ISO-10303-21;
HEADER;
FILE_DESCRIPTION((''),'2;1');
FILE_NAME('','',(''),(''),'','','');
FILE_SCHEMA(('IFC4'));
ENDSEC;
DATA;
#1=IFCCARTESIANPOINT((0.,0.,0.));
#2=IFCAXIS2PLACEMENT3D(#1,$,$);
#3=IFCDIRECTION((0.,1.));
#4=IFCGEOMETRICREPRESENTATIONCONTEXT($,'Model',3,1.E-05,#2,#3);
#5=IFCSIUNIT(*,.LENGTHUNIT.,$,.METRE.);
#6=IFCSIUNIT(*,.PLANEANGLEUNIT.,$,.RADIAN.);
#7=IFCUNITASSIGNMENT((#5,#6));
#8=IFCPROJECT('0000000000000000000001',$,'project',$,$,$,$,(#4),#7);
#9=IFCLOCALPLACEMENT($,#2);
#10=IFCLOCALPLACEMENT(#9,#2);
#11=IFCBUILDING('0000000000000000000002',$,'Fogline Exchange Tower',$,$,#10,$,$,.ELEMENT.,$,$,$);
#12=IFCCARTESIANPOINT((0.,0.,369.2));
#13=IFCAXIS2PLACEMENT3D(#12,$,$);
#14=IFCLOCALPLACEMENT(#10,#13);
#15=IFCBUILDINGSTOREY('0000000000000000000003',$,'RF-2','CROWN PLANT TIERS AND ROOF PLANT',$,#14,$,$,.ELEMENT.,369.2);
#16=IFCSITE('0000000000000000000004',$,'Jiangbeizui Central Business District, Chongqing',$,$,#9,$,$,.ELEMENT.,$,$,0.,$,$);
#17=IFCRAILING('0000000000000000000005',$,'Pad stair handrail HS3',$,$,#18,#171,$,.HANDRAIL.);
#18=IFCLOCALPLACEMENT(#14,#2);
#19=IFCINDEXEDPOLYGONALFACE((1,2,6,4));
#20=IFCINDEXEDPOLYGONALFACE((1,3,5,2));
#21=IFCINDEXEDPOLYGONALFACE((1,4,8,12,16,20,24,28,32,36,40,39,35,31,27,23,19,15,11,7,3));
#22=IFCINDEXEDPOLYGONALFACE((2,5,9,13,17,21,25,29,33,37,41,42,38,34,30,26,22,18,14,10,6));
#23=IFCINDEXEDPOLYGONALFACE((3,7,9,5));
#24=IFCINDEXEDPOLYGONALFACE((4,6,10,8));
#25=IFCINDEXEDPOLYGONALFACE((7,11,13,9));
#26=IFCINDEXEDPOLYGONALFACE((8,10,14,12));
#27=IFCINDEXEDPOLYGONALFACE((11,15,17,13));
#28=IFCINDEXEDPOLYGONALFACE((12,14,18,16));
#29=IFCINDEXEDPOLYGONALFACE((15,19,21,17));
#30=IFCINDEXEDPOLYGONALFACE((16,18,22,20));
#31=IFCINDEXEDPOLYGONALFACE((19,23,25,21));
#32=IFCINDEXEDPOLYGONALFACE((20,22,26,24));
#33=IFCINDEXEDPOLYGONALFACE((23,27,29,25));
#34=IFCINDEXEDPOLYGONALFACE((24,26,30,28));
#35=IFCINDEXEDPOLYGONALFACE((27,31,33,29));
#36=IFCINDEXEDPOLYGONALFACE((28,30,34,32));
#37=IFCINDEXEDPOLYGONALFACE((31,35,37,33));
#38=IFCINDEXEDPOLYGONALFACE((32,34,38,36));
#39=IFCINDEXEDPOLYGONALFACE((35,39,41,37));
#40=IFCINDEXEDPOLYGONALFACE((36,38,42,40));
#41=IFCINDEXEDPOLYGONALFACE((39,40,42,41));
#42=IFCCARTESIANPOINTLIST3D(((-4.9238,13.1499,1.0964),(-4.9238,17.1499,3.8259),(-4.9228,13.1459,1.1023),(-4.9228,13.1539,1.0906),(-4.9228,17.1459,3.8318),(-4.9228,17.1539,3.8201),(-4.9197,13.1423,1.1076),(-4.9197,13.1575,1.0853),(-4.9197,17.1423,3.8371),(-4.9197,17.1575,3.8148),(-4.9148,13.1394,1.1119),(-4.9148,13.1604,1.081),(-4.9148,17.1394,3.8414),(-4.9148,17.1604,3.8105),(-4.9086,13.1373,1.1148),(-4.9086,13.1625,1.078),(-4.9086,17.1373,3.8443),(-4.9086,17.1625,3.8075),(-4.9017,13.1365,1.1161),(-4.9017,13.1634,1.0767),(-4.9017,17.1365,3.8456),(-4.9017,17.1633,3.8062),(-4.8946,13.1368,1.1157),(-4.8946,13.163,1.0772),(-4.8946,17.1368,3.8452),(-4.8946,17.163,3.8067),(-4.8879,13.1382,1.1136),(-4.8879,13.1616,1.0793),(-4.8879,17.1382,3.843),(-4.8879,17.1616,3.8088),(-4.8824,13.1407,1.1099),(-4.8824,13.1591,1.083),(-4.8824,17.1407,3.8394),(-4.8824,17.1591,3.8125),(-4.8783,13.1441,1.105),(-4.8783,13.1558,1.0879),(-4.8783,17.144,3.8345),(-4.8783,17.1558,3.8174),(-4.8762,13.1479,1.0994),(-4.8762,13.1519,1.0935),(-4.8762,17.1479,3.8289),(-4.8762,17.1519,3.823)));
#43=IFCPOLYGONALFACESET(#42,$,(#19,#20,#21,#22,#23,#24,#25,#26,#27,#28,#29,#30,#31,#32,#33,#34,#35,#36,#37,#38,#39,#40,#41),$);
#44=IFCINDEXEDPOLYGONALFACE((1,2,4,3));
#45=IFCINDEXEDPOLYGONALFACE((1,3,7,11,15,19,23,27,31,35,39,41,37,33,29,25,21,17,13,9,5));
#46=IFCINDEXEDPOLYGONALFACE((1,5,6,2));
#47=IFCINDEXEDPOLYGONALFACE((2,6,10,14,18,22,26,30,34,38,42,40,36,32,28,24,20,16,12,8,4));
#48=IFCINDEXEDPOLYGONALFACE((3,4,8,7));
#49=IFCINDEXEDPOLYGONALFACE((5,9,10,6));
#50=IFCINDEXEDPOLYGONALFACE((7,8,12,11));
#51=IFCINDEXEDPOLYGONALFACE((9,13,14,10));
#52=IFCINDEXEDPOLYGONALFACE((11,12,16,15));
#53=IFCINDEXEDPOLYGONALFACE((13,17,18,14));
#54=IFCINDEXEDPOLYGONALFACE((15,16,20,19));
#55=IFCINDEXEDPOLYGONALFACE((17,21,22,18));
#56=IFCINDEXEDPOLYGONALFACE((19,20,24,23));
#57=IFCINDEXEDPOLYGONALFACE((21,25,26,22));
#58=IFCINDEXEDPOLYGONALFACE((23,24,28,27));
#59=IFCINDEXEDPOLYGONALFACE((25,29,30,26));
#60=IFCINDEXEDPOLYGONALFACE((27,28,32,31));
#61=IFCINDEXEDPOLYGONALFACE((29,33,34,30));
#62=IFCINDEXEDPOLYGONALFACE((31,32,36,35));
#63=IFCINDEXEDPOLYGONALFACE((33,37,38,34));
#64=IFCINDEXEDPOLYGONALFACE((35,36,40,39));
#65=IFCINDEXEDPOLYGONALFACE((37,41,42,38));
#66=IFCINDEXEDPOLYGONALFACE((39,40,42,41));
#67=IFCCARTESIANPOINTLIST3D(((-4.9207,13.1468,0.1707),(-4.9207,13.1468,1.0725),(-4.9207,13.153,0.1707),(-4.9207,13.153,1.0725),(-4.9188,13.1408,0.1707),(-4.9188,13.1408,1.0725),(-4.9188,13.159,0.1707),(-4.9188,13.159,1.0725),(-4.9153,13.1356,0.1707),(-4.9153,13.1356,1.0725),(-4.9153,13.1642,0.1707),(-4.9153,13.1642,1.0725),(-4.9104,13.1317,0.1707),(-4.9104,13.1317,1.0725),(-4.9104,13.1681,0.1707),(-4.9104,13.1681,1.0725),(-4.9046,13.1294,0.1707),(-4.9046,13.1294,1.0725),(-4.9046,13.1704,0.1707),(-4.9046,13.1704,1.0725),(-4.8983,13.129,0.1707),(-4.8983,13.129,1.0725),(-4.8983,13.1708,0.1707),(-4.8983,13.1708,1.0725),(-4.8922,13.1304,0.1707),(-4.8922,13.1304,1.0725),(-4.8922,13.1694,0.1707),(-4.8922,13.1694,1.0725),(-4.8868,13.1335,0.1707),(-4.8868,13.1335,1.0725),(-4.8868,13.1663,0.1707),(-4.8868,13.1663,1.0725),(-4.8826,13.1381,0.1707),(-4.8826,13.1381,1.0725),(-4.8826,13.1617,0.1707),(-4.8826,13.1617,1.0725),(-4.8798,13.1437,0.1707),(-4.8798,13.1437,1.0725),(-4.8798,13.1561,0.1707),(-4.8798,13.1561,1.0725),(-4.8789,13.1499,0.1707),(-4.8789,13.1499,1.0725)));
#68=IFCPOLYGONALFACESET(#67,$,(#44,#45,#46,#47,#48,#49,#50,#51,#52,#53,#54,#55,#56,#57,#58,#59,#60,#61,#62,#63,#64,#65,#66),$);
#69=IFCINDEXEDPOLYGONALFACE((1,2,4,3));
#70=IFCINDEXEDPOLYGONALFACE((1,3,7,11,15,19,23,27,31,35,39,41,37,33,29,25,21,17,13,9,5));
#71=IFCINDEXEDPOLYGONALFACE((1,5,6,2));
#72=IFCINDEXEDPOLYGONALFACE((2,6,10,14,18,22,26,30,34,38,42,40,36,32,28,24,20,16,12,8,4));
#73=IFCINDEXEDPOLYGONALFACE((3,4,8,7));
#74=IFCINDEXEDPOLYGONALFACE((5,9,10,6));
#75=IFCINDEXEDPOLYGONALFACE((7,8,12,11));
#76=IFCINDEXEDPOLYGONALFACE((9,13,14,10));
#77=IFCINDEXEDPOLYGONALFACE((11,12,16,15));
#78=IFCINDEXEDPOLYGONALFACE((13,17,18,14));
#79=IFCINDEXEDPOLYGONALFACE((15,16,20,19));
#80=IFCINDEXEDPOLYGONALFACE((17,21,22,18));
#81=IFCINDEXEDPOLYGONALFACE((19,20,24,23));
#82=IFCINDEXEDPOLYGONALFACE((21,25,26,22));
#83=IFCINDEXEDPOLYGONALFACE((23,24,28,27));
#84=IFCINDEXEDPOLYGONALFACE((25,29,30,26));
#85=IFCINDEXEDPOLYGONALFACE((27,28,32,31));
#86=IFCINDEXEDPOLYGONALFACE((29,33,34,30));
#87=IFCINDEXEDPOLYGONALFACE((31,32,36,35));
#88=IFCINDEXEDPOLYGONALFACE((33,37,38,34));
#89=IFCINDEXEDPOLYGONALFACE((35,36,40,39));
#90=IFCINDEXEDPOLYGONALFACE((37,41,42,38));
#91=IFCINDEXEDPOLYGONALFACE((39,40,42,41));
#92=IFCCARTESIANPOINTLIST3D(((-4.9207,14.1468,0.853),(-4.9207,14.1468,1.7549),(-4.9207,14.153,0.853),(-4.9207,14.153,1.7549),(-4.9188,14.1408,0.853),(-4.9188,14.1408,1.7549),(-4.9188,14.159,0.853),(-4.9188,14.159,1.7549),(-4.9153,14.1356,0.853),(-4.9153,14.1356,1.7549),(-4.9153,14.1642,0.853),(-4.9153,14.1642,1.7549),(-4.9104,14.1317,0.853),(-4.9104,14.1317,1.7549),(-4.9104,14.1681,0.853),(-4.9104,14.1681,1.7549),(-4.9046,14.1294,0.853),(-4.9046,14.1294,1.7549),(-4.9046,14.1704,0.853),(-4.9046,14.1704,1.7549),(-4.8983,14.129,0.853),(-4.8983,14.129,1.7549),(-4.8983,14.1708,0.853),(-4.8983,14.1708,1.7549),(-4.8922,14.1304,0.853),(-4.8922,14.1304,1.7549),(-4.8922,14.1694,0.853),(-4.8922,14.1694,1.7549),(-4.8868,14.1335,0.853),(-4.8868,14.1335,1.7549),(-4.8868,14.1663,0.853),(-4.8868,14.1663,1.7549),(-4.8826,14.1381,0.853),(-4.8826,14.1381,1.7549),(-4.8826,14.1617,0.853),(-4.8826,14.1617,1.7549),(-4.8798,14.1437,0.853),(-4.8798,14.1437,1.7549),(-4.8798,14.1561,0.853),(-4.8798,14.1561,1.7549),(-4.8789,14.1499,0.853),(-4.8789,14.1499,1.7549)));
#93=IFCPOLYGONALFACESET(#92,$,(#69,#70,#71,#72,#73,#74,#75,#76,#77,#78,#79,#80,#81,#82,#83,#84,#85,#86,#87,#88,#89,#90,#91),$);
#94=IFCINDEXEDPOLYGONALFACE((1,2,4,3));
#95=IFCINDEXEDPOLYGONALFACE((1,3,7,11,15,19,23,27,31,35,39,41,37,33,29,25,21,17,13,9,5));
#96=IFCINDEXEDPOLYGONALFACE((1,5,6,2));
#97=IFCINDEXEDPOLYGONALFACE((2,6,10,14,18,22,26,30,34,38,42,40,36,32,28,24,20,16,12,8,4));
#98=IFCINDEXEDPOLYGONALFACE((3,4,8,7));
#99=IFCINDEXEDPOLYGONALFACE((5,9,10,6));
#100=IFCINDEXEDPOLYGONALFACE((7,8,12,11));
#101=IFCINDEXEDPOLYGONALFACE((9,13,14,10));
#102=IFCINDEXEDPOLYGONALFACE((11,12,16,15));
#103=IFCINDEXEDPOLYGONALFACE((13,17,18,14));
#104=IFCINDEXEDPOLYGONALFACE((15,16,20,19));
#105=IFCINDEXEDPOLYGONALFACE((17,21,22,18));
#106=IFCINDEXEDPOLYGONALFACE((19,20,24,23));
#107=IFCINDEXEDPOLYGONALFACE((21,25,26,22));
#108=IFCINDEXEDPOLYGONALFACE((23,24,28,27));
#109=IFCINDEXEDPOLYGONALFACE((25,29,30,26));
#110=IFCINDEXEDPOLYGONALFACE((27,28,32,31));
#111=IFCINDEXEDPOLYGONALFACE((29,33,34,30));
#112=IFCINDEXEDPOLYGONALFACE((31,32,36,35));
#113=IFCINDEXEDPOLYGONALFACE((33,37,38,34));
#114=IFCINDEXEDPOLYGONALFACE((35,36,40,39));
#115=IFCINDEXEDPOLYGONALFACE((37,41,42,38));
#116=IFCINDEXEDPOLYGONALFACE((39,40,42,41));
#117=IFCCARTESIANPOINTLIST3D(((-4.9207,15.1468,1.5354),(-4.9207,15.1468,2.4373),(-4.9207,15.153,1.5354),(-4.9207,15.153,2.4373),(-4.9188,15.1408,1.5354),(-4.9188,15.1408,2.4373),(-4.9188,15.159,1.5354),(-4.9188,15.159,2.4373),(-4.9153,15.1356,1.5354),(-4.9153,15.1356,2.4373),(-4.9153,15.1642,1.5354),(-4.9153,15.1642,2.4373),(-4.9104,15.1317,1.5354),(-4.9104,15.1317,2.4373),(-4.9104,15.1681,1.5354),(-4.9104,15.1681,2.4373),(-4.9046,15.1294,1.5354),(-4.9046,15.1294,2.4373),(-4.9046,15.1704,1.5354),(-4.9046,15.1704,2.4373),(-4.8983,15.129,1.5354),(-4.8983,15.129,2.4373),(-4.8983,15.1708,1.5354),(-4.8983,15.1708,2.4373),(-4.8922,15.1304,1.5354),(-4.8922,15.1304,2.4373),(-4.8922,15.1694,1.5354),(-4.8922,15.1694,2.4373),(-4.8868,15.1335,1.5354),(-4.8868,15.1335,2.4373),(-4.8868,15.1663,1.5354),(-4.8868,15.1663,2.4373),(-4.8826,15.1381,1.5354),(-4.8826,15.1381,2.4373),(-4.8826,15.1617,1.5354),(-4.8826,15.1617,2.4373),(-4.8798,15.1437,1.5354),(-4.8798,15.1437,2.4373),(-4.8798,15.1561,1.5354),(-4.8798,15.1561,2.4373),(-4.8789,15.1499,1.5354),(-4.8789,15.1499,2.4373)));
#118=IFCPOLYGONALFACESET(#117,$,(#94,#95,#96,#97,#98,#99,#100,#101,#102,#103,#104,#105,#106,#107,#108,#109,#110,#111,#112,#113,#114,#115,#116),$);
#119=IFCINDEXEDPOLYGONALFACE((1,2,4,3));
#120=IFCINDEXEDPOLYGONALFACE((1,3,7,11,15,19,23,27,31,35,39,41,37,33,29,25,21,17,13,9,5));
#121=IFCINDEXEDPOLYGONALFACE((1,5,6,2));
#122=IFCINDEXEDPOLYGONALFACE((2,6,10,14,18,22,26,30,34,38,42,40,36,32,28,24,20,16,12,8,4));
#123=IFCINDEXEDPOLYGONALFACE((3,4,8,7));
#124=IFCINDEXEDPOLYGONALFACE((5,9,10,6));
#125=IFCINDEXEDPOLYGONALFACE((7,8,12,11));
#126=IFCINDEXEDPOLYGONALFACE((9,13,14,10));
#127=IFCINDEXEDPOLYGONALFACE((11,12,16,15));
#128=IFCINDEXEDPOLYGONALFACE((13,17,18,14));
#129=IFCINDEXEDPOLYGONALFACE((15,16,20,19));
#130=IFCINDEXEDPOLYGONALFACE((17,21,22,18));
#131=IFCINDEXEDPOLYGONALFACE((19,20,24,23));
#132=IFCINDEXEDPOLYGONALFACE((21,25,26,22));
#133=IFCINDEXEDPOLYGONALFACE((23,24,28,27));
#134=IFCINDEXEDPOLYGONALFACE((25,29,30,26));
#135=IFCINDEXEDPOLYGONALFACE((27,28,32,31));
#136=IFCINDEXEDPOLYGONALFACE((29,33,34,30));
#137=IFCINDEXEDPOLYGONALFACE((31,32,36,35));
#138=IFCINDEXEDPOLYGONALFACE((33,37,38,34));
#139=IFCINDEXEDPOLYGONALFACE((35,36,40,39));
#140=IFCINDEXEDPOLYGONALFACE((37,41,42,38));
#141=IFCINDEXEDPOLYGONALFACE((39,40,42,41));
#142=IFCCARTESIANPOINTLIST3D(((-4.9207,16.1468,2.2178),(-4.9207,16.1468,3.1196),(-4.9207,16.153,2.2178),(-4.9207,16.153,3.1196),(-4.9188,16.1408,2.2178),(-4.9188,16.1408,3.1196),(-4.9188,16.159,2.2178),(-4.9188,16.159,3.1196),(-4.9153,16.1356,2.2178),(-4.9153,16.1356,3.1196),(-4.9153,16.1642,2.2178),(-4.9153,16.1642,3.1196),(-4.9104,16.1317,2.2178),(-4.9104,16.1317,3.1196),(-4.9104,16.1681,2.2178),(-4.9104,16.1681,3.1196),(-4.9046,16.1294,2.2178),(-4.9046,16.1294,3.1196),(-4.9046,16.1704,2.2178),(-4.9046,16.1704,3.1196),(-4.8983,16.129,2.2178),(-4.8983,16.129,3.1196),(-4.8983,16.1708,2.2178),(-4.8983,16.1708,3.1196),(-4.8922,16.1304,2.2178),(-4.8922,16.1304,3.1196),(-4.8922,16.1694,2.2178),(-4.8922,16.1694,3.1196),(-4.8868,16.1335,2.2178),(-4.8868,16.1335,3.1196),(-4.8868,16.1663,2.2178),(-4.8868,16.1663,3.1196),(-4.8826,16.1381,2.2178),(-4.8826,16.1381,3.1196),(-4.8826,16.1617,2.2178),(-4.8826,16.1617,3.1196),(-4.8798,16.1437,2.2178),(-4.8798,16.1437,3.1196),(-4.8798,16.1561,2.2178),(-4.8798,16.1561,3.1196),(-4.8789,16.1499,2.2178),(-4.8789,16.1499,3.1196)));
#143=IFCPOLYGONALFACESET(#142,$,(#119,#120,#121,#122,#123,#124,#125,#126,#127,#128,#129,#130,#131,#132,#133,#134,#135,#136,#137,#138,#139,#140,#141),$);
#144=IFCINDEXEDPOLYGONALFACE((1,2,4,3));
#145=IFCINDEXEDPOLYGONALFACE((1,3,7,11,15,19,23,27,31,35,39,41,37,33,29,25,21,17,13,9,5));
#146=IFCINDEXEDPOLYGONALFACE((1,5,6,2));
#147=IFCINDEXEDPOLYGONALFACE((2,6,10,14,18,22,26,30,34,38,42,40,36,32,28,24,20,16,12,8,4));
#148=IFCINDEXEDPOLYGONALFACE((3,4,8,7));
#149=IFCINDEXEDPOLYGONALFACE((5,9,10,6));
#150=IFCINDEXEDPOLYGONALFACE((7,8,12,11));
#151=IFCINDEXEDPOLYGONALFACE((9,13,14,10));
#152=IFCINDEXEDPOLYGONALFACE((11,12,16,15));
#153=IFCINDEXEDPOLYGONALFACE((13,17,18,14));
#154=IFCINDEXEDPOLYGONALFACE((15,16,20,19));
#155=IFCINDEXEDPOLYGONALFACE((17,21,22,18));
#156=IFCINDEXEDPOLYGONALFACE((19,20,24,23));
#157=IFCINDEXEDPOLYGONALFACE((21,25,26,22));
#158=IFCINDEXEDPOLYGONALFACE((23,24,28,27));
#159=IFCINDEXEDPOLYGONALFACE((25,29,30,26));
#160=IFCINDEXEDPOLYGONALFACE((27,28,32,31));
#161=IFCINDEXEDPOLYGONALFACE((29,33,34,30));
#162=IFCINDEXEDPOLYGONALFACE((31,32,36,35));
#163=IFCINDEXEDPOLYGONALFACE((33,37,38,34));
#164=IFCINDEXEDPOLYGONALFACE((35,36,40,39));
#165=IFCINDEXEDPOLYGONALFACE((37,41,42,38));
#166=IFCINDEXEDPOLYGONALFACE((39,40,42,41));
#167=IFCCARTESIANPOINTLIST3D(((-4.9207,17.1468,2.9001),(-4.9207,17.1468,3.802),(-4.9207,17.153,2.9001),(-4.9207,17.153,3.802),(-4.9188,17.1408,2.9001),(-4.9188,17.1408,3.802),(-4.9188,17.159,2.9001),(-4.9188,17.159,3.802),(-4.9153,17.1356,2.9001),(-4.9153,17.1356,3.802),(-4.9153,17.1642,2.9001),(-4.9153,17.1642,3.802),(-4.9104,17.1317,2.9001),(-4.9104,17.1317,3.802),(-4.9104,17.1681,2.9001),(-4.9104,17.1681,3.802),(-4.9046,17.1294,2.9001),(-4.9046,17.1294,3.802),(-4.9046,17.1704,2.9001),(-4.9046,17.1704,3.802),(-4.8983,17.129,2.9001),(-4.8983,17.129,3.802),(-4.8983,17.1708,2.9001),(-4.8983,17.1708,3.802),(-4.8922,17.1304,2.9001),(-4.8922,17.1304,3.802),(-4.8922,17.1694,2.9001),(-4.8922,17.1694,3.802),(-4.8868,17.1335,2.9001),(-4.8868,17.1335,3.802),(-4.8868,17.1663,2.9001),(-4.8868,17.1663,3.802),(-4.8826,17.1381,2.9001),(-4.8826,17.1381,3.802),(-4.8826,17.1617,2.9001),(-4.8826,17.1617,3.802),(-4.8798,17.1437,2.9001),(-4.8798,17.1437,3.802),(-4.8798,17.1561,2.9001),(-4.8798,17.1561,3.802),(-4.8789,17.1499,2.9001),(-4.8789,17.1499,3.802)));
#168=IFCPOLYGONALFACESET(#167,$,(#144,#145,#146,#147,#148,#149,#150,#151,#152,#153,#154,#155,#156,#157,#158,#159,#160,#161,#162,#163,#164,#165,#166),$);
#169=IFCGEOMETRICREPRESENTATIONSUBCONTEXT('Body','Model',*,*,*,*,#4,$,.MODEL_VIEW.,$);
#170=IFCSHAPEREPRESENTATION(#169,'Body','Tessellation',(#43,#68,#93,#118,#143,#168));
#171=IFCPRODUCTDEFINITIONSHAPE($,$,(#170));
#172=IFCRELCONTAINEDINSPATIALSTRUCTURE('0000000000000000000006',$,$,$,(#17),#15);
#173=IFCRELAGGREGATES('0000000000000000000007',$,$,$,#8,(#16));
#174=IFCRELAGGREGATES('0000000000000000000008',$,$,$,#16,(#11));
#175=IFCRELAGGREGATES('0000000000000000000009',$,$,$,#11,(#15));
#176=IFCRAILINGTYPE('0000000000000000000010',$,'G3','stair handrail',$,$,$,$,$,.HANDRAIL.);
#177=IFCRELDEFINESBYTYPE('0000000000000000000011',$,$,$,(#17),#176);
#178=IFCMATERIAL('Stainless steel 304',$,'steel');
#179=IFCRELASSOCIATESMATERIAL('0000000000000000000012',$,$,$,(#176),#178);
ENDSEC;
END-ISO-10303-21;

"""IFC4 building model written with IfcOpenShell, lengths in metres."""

from ifc_helpers import new_model, si_unit, direction, frame, origin, origin_2d, place, context, subcontext, project, spatial, circle, extrude, material, type_object, element, save


model = new_model("IFC4")

# Units and contexts
model_context = context("Model", 3, precision=1e-05, world=origin(), true_north=direction((0.0, 1.0)))
body_context = subcontext(model_context, "Body", "Model", "MODEL_VIEW")
ifc_project = project(units=[si_unit("LENGTHUNIT", "METRE"), si_unit("PLANEANGLEUNIT", "RADIAN")], contexts=[model_context])

# Site, building, storey
site_placement = place(None, origin())
site = spatial("IfcSite", under=ifc_project, at=site_placement, Name="Jiangbeizui Central Business District, Chongqing", CompositionType="ELEMENT", RefElevation=0.0)
building_placement = place(site_placement, origin())
building = spatial("IfcBuilding", under=site, at=building_placement, Name="Fogline Exchange Tower", CompositionType="ELEMENT")
storey_placement = place(building_placement, frame((0.0, 0.0, 369.2)))
storey = spatial("IfcBuildingStorey", under=building, at=storey_placement, Name="RF-2", Description="CROWN PLANT TIERS AND ROOF PLANT", CompositionType="ELEMENT", Elevation=369.2)

# Railing
ifc_material_1 = material(Name="Stainless steel 304", Category="steel")
railing_type_1 = type_object("IfcRailingType", Name="G3", Description="stair handrail", PredefinedType="HANDRAIL", material=ifc_material_1)
for number, where, name in (
    (1, (-4.8999, 13.1499, 0.1707), "Pad stair handrail HS3"),
):
    element("IfcRailing", number, at=place(storey_placement, frame(where)), inside=storey, type_object=railing_type_1, Name=name, PredefinedType="HANDRAIL", context=body_context, shape_type="SweptSolid", body=[
        extrude(circle(Radius=0.0239, at=origin_2d()), frame((0.0, 0.0, 0.9258), z_axis=(0.0, 0.826014, 0.56365), x_axis=(-1.0, 0.0, 0.0)), (0.0, 0.0, 1.0), 4.8425),
        extrude(circle(Radius=0.021, at=origin_2d()), origin(), (0.0, 0.0, 1.0), 0.9019),
        extrude(circle(Radius=0.021, at=origin_2d()), frame((0.0, 1.0, 0.6824)), (0.0, 0.0, 1.0), 0.9019),
        extrude(circle(Radius=0.021, at=origin_2d()), frame((0.0, 2.0, 1.3647)), (0.0, 0.0, 1.0), 0.9019),
        extrude(circle(Radius=0.021, at=origin_2d()), frame((0.0, 3.0, 2.0471)), (0.0, 0.0, 1.0), 0.9019),
        extrude(circle(Radius=0.021, at=origin_2d()), frame((0.0, 4.0, 2.7295)), (0.0, 0.0, 1.0), 0.9019),
    ])

save(model, "model.ifc")
